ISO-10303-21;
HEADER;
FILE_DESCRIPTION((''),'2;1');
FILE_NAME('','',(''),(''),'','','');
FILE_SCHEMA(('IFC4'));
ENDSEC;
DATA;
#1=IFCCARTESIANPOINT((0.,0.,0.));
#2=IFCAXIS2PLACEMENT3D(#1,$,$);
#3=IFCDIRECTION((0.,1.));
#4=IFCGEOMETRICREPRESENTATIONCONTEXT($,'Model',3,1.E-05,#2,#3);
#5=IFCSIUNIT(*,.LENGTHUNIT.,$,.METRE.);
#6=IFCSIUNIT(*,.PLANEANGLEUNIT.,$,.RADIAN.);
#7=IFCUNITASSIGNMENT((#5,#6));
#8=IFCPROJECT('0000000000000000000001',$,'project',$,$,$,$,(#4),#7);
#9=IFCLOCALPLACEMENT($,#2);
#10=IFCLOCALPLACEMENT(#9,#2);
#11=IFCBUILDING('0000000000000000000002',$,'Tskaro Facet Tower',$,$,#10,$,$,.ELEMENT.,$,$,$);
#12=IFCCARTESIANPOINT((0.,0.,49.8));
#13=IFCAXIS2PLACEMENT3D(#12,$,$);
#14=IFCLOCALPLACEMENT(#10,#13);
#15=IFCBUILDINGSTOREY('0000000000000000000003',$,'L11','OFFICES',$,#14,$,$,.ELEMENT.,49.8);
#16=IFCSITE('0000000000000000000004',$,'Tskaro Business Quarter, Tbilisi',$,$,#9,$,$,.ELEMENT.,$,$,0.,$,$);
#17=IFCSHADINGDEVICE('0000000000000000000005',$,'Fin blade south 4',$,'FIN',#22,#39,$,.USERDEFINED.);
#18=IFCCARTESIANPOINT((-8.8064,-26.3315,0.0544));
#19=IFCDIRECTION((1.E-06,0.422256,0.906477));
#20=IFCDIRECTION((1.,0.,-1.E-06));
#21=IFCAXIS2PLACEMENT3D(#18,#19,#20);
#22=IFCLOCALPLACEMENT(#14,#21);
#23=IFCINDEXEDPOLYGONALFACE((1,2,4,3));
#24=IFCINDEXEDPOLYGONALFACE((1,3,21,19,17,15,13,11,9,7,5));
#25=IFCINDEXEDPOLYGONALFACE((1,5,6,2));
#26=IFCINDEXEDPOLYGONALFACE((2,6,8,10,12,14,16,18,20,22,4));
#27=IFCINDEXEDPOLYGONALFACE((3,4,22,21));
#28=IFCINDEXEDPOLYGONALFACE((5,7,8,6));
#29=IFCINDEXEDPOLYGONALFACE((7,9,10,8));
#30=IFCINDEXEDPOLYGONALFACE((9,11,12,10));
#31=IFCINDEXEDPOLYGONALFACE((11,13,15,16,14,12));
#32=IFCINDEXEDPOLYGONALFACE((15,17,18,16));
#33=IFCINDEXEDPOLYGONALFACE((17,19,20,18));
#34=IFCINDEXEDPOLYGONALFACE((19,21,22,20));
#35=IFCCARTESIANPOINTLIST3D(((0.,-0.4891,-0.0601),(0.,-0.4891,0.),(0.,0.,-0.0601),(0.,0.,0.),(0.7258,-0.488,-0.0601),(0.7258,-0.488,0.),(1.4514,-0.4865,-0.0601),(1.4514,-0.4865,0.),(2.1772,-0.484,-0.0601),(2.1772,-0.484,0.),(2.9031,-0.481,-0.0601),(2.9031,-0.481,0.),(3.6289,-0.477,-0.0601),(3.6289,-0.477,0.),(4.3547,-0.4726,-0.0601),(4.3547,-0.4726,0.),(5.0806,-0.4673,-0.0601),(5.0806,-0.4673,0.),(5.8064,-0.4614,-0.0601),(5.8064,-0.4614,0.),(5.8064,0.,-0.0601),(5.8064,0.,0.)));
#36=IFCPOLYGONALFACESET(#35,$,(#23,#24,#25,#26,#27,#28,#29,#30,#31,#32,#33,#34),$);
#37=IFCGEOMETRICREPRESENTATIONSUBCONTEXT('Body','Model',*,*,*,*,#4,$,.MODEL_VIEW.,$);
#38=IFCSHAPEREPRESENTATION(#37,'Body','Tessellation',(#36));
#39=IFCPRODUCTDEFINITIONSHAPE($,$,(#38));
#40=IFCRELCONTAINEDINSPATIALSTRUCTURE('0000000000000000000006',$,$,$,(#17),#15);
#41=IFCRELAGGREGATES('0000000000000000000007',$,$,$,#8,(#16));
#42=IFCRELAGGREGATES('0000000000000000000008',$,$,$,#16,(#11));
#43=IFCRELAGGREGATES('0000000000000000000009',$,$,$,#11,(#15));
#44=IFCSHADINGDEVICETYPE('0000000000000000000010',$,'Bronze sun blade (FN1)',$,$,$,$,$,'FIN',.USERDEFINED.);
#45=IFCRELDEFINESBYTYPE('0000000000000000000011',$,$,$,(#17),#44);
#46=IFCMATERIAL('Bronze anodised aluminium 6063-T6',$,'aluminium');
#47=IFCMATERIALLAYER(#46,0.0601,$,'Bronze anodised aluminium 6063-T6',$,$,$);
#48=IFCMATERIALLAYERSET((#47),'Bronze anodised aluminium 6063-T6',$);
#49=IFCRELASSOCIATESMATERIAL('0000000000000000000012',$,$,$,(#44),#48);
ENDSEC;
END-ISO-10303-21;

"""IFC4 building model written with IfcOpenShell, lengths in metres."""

from ifc_helpers import new_model, si_unit, direction, frame, origin, place, context, subcontext, project, spatial, polyline, outline, extrude, material, layer, layer_set, type_object, element, save


model = new_model("IFC4")

# Units and contexts
model_context = context("Model", 3, precision=1e-05, world=origin(), true_north=direction((0.0, 1.0)))
body_context = subcontext(model_context, "Body", "Model", "MODEL_VIEW")
ifc_project = project(units=[si_unit("LENGTHUNIT", "METRE"), si_unit("PLANEANGLEUNIT", "RADIAN")], contexts=[model_context])

# Site, building, storey
site_placement = place(None, origin())
site = spatial("IfcSite", under=ifc_project, at=site_placement, Name="Tskaro Business Quarter, Tbilisi", CompositionType="ELEMENT", RefElevation=0.0)
building_placement = place(site_placement, origin())
building = spatial("IfcBuilding", under=site, at=building_placement, Name="Tskaro Facet Tower", CompositionType="ELEMENT")
storey_placement = place(building_placement, frame((0.0, 0.0, 49.8)))
storey = spatial("IfcBuildingStorey", under=building, at=storey_placement, Name="L11", Description="OFFICES", CompositionType="ELEMENT", Elevation=49.8)

# Shared definitions
ifc_material_1 = material(Name="Bronze anodised aluminium 6063-T6", Category="aluminium")

# Shading device
ifc_layer_1 = layer(ifc_material_1, 0.0601, Name="Bronze anodised aluminium 6063-T6")
ifc_layer_set_1 = layer_set([ifc_layer_1], Name="Bronze anodised aluminium 6063-T6")
shading_device_type = type_object("IfcShadingDeviceType", Name="Bronze sun blade (FN1)", ElementType="FIN", PredefinedType="USERDEFINED", material=ifc_layer_set_1)
shading_device_1_placement = place(storey_placement, frame((-8.8064, -26.3315, 0.0544), z_axis=(0.000001, 0.422256, 0.906477), x_axis=(1.0, 0.0, -0.000001)))
element("IfcShadingDevice", 1, at=shading_device_1_placement, inside=storey, type_object=shading_device_type, Name="Fin blade south 4", ObjectType="FIN", PredefinedType="USERDEFINED", context=body_context, shape_type="SweptSolid", body=[
    extrude(outline(polyline([(0.0, 0.0), (5.8064, 0.0), (5.8064, -0.4614), (5.0806, -0.4673), (4.3547, -0.4726), (3.6289, -0.477), (2.9031, -0.481), (2.1772, -0.484), (1.4514, -0.4865), (0.7258, -0.488), (0.0, -0.4891), (0.0, 0.0)])), origin(), (0.0, 0.0, -1.0), 0.0601),
])

save(model, "model.ifc")
